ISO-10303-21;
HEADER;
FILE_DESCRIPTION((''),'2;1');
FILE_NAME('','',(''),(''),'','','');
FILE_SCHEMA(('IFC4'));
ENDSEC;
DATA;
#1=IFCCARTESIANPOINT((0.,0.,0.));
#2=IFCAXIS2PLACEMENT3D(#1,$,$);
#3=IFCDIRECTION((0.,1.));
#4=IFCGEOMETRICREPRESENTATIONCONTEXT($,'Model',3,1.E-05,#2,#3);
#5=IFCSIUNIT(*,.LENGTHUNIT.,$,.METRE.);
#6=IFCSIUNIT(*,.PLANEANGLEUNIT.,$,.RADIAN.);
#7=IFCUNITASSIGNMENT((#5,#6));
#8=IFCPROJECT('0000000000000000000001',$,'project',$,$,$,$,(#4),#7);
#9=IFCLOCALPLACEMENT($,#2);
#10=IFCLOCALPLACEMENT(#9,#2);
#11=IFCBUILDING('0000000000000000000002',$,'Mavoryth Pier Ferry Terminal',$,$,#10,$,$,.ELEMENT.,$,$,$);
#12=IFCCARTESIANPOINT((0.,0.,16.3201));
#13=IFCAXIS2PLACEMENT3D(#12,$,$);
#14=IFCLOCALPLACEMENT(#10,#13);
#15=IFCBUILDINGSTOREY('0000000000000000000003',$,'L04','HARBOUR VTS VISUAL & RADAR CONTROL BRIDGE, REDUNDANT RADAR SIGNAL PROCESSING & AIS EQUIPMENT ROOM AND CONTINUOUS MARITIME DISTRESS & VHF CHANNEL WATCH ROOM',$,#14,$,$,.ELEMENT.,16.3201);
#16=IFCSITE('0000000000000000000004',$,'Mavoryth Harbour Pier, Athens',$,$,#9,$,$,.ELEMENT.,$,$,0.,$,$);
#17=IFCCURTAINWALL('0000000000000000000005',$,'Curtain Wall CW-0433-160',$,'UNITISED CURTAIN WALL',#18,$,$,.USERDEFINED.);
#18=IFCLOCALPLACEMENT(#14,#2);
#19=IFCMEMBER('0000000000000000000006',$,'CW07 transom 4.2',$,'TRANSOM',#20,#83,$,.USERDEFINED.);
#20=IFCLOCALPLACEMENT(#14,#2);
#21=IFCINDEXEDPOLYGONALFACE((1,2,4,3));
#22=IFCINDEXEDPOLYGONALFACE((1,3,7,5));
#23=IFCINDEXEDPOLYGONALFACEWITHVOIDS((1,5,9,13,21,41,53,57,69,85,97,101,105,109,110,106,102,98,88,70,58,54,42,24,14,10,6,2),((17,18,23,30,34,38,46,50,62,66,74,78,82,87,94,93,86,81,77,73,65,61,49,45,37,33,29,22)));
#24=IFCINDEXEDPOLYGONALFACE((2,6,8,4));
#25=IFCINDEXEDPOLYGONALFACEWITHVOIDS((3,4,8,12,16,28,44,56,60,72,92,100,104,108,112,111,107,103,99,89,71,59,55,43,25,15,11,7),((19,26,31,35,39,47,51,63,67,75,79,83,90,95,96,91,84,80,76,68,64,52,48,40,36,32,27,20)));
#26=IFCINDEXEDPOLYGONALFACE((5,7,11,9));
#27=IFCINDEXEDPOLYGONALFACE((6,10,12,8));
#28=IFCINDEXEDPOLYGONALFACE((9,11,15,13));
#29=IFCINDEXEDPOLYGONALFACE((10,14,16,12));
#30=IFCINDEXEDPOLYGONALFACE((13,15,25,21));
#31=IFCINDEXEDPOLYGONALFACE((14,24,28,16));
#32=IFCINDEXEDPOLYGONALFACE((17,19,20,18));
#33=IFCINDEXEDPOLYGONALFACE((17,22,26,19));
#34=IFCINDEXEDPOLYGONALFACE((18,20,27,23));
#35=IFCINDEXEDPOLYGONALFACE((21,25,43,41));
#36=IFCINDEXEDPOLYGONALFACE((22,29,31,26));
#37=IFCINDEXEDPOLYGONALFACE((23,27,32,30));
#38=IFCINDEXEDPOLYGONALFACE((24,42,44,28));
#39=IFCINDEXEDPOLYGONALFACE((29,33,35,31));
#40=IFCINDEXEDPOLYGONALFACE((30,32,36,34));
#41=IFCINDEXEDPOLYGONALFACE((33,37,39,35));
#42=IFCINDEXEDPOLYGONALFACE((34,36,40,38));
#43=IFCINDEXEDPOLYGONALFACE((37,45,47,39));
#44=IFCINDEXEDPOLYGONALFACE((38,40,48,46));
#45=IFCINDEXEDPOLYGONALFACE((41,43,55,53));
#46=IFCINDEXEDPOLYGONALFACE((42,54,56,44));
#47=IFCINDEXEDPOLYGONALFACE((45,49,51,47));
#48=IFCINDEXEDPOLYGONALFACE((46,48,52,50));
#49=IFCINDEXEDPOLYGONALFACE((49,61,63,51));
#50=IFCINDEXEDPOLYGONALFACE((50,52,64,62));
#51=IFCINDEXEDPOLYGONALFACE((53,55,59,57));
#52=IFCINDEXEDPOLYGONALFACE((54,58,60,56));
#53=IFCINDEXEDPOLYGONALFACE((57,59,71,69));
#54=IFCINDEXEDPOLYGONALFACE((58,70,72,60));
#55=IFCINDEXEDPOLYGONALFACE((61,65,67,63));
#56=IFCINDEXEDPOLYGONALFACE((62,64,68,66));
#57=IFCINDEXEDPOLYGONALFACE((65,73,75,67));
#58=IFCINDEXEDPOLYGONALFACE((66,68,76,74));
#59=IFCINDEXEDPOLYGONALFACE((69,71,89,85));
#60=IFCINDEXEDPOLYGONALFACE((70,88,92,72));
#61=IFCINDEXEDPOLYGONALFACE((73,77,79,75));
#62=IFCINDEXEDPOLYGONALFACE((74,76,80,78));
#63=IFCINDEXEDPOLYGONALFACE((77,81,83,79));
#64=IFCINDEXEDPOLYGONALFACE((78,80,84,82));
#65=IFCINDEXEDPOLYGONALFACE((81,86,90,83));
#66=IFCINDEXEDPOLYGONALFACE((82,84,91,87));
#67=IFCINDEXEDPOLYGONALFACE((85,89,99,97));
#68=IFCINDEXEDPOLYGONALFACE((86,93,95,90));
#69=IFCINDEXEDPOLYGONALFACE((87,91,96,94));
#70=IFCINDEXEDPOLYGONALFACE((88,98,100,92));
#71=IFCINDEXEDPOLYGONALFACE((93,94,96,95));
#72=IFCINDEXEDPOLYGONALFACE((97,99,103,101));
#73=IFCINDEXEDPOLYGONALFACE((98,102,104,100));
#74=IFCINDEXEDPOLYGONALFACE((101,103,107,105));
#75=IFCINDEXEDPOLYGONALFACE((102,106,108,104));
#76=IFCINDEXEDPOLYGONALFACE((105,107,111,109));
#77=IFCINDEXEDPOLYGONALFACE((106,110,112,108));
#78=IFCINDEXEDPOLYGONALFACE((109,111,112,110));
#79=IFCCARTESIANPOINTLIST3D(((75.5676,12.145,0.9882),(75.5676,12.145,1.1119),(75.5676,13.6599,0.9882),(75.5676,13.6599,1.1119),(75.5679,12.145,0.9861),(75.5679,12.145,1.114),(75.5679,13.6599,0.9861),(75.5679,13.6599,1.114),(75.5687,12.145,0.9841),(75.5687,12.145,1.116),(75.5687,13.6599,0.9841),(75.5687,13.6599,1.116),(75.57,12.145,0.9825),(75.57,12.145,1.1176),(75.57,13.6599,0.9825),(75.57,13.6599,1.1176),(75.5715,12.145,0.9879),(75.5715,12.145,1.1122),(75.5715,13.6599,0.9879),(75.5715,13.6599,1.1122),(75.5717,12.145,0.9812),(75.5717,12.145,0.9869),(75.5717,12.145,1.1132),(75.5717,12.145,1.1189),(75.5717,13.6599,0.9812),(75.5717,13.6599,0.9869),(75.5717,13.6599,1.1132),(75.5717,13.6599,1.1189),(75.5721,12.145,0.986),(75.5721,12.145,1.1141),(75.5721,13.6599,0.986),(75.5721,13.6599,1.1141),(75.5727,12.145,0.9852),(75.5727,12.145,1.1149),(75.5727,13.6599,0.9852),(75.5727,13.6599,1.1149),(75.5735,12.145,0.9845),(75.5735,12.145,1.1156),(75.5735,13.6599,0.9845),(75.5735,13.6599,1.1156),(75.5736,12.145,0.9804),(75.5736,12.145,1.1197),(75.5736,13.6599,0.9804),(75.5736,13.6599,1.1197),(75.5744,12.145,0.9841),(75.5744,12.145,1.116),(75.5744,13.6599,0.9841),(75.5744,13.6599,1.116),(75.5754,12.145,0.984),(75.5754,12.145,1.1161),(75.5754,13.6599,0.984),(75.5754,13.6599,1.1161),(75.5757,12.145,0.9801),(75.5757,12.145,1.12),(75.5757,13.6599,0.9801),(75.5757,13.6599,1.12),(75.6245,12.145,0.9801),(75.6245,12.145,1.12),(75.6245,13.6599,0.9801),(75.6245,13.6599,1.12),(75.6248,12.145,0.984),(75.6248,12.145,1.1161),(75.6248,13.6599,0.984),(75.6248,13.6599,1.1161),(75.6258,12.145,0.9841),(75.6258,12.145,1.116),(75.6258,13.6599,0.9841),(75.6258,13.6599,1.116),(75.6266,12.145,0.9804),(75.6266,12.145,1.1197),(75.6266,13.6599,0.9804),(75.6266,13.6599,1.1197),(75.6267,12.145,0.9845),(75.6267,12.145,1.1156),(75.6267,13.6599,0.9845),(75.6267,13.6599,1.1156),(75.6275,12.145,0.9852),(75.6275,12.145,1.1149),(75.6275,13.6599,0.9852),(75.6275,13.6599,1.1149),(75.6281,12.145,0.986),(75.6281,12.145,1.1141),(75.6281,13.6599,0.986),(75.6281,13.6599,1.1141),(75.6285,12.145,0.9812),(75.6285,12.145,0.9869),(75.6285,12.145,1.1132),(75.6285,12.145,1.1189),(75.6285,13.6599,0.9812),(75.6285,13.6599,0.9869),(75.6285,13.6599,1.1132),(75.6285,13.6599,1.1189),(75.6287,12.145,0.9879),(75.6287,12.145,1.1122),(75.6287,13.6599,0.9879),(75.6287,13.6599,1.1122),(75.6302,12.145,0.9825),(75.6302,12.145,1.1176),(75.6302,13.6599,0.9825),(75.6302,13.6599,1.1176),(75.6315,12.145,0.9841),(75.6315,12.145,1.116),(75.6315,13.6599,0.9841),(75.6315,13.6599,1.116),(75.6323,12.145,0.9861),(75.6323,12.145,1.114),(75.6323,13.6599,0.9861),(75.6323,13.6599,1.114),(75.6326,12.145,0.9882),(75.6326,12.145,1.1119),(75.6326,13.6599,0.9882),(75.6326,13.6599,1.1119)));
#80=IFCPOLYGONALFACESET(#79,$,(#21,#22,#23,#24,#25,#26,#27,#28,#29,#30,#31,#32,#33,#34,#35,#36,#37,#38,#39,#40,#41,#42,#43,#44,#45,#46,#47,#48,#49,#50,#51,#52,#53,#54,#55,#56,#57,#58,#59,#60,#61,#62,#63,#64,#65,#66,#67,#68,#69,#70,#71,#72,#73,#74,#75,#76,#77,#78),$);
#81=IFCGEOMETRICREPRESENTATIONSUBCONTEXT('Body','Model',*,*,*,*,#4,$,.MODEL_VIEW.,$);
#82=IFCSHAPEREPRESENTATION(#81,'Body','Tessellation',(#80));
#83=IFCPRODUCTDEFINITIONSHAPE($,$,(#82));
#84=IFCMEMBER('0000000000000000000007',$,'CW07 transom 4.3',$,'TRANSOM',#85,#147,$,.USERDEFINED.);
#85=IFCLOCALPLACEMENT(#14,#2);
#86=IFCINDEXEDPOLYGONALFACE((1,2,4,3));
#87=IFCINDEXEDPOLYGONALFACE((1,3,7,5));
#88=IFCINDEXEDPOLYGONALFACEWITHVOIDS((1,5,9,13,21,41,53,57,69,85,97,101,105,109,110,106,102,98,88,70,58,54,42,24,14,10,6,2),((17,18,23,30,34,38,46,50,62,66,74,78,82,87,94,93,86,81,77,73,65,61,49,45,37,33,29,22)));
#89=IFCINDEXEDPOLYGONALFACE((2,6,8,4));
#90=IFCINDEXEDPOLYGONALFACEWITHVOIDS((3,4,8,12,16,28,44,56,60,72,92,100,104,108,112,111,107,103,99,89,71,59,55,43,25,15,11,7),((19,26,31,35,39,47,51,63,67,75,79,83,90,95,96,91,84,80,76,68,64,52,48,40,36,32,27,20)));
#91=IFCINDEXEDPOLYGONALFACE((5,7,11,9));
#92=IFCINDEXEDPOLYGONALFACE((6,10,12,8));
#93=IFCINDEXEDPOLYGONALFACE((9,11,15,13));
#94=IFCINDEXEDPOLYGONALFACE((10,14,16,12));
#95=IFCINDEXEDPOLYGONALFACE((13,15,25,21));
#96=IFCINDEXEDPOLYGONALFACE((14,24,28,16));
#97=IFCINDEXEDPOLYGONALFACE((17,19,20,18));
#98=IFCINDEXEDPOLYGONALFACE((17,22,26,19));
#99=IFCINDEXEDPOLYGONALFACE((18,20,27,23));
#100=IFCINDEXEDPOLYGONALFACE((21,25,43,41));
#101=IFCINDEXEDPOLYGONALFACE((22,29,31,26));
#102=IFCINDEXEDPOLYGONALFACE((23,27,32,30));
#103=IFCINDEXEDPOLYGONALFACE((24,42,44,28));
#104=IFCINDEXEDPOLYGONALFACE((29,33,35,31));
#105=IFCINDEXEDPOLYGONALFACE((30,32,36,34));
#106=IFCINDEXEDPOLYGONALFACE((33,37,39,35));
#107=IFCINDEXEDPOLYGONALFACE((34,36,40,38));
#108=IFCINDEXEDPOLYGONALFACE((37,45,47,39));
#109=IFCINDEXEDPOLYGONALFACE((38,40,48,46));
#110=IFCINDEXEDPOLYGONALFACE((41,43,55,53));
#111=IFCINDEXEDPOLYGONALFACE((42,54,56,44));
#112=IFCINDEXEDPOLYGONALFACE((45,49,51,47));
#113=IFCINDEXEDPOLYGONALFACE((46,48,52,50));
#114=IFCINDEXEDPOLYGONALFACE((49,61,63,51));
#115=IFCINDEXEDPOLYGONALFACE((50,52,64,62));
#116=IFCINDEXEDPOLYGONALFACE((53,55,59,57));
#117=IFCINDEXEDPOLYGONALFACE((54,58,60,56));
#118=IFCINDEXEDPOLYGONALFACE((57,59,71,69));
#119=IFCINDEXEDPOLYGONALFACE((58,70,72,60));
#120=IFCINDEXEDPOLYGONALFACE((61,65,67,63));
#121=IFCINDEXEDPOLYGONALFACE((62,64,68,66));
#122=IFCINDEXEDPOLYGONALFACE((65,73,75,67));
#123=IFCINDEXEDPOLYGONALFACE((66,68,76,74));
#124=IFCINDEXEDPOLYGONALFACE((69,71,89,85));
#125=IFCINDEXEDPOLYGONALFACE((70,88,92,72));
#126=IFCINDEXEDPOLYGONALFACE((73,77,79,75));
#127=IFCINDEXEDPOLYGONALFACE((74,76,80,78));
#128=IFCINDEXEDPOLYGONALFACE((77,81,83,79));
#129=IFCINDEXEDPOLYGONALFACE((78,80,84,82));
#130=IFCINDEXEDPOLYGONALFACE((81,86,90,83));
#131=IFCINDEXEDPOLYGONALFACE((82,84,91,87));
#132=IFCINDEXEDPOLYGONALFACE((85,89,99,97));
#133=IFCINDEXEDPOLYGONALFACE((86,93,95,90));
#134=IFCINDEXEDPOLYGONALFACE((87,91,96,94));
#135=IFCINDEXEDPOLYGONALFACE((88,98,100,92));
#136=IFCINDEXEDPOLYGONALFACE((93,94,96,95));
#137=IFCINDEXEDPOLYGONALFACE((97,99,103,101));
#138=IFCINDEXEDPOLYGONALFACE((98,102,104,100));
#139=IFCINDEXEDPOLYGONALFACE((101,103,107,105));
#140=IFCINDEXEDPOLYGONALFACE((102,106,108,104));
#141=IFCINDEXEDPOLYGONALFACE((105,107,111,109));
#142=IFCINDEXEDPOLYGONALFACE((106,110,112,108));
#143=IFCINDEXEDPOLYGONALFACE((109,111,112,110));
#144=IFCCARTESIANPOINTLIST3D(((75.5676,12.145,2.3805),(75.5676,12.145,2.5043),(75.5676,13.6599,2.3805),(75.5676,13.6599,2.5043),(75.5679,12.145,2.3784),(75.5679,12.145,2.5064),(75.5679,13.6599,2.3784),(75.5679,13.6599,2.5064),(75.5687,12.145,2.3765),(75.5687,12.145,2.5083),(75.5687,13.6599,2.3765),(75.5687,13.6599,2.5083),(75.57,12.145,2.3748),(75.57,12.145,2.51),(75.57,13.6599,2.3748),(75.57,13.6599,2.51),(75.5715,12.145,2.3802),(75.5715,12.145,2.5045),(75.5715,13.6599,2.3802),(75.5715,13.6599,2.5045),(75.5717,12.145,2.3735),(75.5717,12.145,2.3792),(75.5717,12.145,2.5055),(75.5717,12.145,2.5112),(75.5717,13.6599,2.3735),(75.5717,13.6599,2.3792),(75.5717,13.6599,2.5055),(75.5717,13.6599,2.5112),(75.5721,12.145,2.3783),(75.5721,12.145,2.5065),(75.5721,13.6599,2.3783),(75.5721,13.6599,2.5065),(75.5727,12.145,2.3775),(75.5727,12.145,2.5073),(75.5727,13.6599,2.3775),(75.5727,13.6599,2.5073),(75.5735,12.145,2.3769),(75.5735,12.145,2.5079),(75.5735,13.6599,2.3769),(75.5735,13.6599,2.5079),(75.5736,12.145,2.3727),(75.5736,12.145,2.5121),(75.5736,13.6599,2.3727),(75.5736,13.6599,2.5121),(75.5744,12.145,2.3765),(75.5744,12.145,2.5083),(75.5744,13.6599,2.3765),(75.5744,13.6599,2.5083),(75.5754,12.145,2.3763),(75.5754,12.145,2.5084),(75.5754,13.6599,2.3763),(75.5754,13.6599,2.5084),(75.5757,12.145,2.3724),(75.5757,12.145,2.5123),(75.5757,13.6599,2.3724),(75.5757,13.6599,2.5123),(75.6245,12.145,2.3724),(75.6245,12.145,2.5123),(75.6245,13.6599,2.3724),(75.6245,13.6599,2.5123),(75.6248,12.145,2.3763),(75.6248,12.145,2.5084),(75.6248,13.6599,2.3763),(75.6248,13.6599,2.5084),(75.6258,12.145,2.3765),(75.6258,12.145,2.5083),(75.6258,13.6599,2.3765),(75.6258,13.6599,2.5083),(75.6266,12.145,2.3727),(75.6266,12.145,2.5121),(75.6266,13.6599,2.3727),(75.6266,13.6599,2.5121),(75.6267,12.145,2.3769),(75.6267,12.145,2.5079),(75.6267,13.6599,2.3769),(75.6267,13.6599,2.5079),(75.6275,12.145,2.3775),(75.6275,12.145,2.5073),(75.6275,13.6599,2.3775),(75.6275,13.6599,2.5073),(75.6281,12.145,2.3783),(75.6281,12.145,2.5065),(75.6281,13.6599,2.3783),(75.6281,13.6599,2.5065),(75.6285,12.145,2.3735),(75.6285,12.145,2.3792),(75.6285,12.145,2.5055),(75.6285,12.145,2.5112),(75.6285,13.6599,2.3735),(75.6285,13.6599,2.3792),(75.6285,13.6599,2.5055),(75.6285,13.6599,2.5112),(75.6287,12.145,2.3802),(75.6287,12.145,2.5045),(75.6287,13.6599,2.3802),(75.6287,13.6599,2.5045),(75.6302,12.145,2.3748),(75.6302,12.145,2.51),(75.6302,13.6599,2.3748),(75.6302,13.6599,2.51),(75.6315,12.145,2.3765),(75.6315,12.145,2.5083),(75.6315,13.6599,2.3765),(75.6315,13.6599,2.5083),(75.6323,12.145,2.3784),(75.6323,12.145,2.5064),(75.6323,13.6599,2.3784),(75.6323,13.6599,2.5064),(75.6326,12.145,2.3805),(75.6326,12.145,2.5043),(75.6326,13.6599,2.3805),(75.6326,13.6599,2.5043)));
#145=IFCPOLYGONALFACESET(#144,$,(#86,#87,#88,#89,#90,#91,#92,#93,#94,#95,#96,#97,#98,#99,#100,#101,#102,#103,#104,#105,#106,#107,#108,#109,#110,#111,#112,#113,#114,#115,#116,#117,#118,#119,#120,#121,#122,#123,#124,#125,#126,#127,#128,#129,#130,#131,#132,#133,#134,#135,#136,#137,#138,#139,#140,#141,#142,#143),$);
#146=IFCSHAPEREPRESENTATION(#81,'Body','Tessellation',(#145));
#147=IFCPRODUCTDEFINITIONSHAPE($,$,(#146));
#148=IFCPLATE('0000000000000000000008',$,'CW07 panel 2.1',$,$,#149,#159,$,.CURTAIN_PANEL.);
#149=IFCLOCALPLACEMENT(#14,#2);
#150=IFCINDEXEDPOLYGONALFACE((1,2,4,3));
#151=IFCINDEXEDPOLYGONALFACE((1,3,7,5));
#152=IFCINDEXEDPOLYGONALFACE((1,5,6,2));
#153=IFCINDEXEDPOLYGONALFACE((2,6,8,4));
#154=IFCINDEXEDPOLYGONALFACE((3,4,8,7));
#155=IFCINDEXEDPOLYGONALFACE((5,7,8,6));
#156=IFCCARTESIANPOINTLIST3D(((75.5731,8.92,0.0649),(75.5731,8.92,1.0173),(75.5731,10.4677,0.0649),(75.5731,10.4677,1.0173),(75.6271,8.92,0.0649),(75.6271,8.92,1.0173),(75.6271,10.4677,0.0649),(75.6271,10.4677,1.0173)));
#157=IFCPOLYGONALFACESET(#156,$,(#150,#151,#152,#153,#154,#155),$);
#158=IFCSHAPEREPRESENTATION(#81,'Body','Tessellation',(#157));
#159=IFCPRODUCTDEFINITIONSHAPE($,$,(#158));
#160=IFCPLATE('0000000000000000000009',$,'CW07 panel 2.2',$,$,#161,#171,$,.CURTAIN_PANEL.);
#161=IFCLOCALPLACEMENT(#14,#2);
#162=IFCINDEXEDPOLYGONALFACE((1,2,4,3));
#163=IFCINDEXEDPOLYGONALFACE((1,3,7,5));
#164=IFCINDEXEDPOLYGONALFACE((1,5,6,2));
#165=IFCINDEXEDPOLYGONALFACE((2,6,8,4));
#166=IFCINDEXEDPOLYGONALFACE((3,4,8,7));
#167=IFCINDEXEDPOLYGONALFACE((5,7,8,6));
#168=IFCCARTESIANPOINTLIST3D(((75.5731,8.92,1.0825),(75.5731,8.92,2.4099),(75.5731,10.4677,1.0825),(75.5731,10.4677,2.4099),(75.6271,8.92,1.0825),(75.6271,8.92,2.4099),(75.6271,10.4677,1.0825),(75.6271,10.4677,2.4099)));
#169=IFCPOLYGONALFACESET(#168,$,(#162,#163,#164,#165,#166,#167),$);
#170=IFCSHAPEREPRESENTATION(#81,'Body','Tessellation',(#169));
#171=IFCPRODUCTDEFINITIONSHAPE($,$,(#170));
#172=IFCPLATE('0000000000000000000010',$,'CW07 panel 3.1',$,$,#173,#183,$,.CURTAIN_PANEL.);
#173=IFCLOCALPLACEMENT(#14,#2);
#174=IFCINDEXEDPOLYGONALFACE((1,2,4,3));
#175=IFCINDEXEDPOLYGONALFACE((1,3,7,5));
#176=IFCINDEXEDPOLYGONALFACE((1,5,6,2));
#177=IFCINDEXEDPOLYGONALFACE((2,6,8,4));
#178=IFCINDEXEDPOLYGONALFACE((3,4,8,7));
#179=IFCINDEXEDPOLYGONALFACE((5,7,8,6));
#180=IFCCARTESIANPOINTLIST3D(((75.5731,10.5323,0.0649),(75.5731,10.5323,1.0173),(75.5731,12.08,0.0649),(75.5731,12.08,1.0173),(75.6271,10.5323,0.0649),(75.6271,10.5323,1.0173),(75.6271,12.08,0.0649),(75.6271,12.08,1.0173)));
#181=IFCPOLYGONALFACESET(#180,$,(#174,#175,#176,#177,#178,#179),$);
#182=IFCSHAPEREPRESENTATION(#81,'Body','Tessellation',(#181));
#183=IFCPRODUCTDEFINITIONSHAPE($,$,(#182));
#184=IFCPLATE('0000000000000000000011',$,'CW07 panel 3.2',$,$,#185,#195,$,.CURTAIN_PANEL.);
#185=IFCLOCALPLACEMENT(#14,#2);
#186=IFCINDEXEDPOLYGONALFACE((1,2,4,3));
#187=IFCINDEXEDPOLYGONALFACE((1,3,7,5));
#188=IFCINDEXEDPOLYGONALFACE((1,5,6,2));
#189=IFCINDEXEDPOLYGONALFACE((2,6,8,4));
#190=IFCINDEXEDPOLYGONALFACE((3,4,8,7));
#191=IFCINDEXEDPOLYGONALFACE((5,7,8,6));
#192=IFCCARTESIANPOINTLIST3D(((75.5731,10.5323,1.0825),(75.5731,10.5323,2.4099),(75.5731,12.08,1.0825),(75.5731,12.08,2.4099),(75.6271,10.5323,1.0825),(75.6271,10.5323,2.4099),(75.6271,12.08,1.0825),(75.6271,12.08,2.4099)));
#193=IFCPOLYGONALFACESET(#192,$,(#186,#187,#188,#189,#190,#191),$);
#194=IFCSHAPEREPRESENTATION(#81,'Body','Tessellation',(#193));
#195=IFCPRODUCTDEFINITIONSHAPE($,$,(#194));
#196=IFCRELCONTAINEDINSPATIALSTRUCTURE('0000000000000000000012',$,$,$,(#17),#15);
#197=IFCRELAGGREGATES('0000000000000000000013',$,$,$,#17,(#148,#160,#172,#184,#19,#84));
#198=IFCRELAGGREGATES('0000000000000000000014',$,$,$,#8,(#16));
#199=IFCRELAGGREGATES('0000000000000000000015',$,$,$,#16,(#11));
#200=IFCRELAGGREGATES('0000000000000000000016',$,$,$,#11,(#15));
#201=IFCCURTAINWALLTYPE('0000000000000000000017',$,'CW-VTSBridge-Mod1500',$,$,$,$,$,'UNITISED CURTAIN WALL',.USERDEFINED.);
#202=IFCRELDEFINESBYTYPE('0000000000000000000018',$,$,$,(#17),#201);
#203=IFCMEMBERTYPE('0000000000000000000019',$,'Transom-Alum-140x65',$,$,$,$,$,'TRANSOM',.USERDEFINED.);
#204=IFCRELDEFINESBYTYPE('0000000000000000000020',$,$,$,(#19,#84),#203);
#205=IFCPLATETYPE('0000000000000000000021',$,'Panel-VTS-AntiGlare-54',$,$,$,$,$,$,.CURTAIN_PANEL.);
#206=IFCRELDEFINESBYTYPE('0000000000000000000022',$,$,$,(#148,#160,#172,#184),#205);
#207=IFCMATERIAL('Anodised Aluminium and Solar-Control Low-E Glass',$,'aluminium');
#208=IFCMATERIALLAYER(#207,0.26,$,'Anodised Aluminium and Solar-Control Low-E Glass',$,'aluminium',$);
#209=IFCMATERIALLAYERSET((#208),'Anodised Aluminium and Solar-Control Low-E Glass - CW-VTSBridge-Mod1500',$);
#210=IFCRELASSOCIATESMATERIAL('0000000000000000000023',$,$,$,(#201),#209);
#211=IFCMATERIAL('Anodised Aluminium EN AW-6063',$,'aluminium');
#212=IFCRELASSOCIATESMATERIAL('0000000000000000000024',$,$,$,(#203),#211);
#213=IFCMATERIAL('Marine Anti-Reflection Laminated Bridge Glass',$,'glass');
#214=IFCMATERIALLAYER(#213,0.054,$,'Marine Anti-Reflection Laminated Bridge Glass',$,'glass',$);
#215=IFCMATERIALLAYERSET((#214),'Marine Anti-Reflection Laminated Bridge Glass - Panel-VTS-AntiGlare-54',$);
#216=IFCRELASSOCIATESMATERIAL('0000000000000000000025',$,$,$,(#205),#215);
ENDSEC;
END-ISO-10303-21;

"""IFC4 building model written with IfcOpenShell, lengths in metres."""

from ifc_helpers import new_model, si_unit, direction, frame, origin, origin_2d, place, context, subcontext, project, spatial, rectangle, hollow_rectangle, extrude, material, layer, layer_set, material_profile, profile_set, type_object, element, aggregate, save


model = new_model("IFC4")

# Units and contexts
model_context = context("Model", 3, precision=1e-05, world=origin(), true_north=direction((0.0, 1.0)))
body_context = subcontext(model_context, "Body", "Model", "MODEL_VIEW")
ifc_project = project(units=[si_unit("LENGTHUNIT", "METRE"), si_unit("PLANEANGLEUNIT", "RADIAN")], contexts=[model_context])

# Site, building, storey
site_placement = place(None, origin())
site = spatial("IfcSite", under=ifc_project, at=site_placement, Name="Mavoryth Harbour Pier, Athens", CompositionType="ELEMENT", RefElevation=0.0)
building_placement = place(site_placement, origin())
building = spatial("IfcBuilding", under=site, at=building_placement, Name="Mavoryth Pier Ferry Terminal", CompositionType="ELEMENT")
storey_placement = place(building_placement, frame((0.0, 0.0, 16.3201)))
storey = spatial("IfcBuildingStorey", under=building, at=storey_placement, Name="L04", Description="HARBOUR VTS VISUAL & RADAR CONTROL BRIDGE, REDUNDANT RADAR SIGNAL PROCESSING & AIS EQUIPMENT ROOM AND CONTINUOUS MARITIME DISTRESS & VHF CHANNEL WATCH ROOM", CompositionType="ELEMENT", Elevation=16.3201)

# Curtain wall, members, plates
ifc_material_1 = material(Name="Anodised Aluminium and Solar-Control Low-E Glass", Category="aluminium")
ifc_layer_1 = layer(ifc_material_1, 0.26, Name="Anodised Aluminium and Solar-Control Low-E Glass", Category="aluminium")
ifc_layer_set_1 = layer_set([ifc_layer_1], Name="Anodised Aluminium and Solar-Control Low-E Glass - CW-VTSBridge-Mod1500")
curtain_wall_type = type_object("IfcCurtainWallType", Name="CW-VTSBridge-Mod1500", ElementType="UNITISED CURTAIN WALL", PredefinedType="USERDEFINED", material=ifc_layer_set_1)
curtain_wall_placement = place(storey_placement, origin())
curtain_wall = element("IfcCurtainWall", 1, at=curtain_wall_placement, inside=storey, type_object=curtain_wall_type, Name="Curtain Wall CW-0433-160", ObjectType="UNITISED CURTAIN WALL", PredefinedType="USERDEFINED")
ifc_material_2 = material(Name="Anodised Aluminium EN AW-6063", Category="aluminium")
ifc_material_profile_1 = material_profile(ifc_material_2, hollow_rectangle(XDim=0.0649, YDim=0.1399, WallThickness=0.0039, InnerFilletRadius=0.0039, OuterFilletRadius=0.0081, at=origin_2d()), Name="AL-TRAN 140x65x4", Category="aluminium")
ifc_profile_set_1 = profile_set([ifc_material_profile_1], Name="Anodised Aluminium EN AW-6063 - AL-TRAN 140x65x4")
member_type_1 = type_object("IfcMemberType", Name="Transom-Alum-140x65", ElementType="TRANSOM", PredefinedType="USERDEFINED", material=ifc_profile_set_1)
member_1_placement = place(storey_placement, frame((75.6001, 12.145, 1.05), z_axis=(0.0, 1.0, 0.0), x_axis=(-1.0, 0.0, 0.0)))
member_1 = element("IfcMember", 2, at=member_1_placement, type_object=member_type_1, Name="CW07 transom 4.2", ObjectType="TRANSOM", PredefinedType="USERDEFINED", context=body_context, shape_type="SweptSolid", body=[
    extrude(hollow_rectangle(XDim=0.0649, YDim=0.1399, WallThickness=0.0039, InnerFilletRadius=0.0039, OuterFilletRadius=0.0081, at=origin_2d()), origin(), (0.0, 0.0, 1.0), 1.5149),
])
member_2_placement = place(storey_placement, frame((75.6001, 12.145, 2.4424), z_axis=(0.0, 1.0, 0.0), x_axis=(-1.0, 0.0, 0.0)))
member_2 = element("IfcMember", 3, at=member_2_placement, type_object=member_type_1, Name="CW07 transom 4.3", ObjectType="TRANSOM", PredefinedType="USERDEFINED", context=body_context, shape_type="SweptSolid", body=[
    extrude(hollow_rectangle(XDim=0.0649, YDim=0.1399, WallThickness=0.0039, InnerFilletRadius=0.0039, OuterFilletRadius=0.0081, at=origin_2d()), origin(), (0.0, 0.0, 1.0), 1.5149),
])
ifc_material_3 = material(Name="Marine Anti-Reflection Laminated Bridge Glass", Category="glass")
ifc_layer_2 = layer(ifc_material_3, 0.054, Name="Marine Anti-Reflection Laminated Bridge Glass", Category="glass")
ifc_layer_set_2 = layer_set([ifc_layer_2], Name="Marine Anti-Reflection Laminated Bridge Glass - Panel-VTS-AntiGlare-54")
plate_type = type_object("IfcPlateType", Name="Panel-VTS-AntiGlare-54", PredefinedType="CURTAIN_PANEL", material=ifc_layer_set_2)
plate_1_placement = place(storey_placement, frame((75.6001, 9.6938, 0.0649), z_axis=(0.0, 0.0, 1.0), x_axis=(0.0, 1.0, 0.0)))
plate_1 = element("IfcPlate", 4, at=plate_1_placement, type_object=plate_type, Name="CW07 panel 2.1", PredefinedType="CURTAIN_PANEL", context=body_context, shape_type="SweptSolid", body=[
    extrude(rectangle(XDim=1.5476, YDim=0.054, at=origin_2d()), origin(), (0.0, 0.0, 1.0), 0.9524),
])
plate_2_placement = place(storey_placement, frame((75.6001, 9.6938, 1.0825), z_axis=(0.0, 0.0, 1.0), x_axis=(0.0, 1.0, 0.0)))
plate_2 = element("IfcPlate", 5, at=plate_2_placement, type_object=plate_type, Name="CW07 panel 2.2", PredefinedType="CURTAIN_PANEL", context=body_context, shape_type="SweptSolid", body=[
    extrude(rectangle(XDim=1.5476, YDim=0.054, at=origin_2d()), origin(), (0.0, 0.0, 1.0), 1.3274),
])
plate_3_placement = place(storey_placement, frame((75.6001, 11.3062, 0.0649), z_axis=(0.0, 0.0, 1.0), x_axis=(0.0, 1.0, 0.0)))
plate_3 = element("IfcPlate", 6, at=plate_3_placement, type_object=plate_type, Name="CW07 panel 3.1", PredefinedType="CURTAIN_PANEL", context=body_context, shape_type="SweptSolid", body=[
    extrude(rectangle(XDim=1.5476, YDim=0.054, at=origin_2d()), origin(), (0.0, 0.0, 1.0), 0.9524),
])
plate_4_placement = place(storey_placement, frame((75.6001, 11.3062, 1.0825), z_axis=(0.0, 0.0, 1.0), x_axis=(0.0, 1.0, 0.0)))
plate_4 = element("IfcPlate", 7, at=plate_4_placement, type_object=plate_type, Name="CW07 panel 3.2", PredefinedType="CURTAIN_PANEL", context=body_context, shape_type="SweptSolid", body=[
    extrude(rectangle(XDim=1.5476, YDim=0.054, at=origin_2d()), origin(), (0.0, 0.0, 1.0), 1.3274),
])
aggregate(curtain_wall, [plate_1, plate_2, plate_3, plate_4, member_1, member_2])

save(model, "model.ifc")
